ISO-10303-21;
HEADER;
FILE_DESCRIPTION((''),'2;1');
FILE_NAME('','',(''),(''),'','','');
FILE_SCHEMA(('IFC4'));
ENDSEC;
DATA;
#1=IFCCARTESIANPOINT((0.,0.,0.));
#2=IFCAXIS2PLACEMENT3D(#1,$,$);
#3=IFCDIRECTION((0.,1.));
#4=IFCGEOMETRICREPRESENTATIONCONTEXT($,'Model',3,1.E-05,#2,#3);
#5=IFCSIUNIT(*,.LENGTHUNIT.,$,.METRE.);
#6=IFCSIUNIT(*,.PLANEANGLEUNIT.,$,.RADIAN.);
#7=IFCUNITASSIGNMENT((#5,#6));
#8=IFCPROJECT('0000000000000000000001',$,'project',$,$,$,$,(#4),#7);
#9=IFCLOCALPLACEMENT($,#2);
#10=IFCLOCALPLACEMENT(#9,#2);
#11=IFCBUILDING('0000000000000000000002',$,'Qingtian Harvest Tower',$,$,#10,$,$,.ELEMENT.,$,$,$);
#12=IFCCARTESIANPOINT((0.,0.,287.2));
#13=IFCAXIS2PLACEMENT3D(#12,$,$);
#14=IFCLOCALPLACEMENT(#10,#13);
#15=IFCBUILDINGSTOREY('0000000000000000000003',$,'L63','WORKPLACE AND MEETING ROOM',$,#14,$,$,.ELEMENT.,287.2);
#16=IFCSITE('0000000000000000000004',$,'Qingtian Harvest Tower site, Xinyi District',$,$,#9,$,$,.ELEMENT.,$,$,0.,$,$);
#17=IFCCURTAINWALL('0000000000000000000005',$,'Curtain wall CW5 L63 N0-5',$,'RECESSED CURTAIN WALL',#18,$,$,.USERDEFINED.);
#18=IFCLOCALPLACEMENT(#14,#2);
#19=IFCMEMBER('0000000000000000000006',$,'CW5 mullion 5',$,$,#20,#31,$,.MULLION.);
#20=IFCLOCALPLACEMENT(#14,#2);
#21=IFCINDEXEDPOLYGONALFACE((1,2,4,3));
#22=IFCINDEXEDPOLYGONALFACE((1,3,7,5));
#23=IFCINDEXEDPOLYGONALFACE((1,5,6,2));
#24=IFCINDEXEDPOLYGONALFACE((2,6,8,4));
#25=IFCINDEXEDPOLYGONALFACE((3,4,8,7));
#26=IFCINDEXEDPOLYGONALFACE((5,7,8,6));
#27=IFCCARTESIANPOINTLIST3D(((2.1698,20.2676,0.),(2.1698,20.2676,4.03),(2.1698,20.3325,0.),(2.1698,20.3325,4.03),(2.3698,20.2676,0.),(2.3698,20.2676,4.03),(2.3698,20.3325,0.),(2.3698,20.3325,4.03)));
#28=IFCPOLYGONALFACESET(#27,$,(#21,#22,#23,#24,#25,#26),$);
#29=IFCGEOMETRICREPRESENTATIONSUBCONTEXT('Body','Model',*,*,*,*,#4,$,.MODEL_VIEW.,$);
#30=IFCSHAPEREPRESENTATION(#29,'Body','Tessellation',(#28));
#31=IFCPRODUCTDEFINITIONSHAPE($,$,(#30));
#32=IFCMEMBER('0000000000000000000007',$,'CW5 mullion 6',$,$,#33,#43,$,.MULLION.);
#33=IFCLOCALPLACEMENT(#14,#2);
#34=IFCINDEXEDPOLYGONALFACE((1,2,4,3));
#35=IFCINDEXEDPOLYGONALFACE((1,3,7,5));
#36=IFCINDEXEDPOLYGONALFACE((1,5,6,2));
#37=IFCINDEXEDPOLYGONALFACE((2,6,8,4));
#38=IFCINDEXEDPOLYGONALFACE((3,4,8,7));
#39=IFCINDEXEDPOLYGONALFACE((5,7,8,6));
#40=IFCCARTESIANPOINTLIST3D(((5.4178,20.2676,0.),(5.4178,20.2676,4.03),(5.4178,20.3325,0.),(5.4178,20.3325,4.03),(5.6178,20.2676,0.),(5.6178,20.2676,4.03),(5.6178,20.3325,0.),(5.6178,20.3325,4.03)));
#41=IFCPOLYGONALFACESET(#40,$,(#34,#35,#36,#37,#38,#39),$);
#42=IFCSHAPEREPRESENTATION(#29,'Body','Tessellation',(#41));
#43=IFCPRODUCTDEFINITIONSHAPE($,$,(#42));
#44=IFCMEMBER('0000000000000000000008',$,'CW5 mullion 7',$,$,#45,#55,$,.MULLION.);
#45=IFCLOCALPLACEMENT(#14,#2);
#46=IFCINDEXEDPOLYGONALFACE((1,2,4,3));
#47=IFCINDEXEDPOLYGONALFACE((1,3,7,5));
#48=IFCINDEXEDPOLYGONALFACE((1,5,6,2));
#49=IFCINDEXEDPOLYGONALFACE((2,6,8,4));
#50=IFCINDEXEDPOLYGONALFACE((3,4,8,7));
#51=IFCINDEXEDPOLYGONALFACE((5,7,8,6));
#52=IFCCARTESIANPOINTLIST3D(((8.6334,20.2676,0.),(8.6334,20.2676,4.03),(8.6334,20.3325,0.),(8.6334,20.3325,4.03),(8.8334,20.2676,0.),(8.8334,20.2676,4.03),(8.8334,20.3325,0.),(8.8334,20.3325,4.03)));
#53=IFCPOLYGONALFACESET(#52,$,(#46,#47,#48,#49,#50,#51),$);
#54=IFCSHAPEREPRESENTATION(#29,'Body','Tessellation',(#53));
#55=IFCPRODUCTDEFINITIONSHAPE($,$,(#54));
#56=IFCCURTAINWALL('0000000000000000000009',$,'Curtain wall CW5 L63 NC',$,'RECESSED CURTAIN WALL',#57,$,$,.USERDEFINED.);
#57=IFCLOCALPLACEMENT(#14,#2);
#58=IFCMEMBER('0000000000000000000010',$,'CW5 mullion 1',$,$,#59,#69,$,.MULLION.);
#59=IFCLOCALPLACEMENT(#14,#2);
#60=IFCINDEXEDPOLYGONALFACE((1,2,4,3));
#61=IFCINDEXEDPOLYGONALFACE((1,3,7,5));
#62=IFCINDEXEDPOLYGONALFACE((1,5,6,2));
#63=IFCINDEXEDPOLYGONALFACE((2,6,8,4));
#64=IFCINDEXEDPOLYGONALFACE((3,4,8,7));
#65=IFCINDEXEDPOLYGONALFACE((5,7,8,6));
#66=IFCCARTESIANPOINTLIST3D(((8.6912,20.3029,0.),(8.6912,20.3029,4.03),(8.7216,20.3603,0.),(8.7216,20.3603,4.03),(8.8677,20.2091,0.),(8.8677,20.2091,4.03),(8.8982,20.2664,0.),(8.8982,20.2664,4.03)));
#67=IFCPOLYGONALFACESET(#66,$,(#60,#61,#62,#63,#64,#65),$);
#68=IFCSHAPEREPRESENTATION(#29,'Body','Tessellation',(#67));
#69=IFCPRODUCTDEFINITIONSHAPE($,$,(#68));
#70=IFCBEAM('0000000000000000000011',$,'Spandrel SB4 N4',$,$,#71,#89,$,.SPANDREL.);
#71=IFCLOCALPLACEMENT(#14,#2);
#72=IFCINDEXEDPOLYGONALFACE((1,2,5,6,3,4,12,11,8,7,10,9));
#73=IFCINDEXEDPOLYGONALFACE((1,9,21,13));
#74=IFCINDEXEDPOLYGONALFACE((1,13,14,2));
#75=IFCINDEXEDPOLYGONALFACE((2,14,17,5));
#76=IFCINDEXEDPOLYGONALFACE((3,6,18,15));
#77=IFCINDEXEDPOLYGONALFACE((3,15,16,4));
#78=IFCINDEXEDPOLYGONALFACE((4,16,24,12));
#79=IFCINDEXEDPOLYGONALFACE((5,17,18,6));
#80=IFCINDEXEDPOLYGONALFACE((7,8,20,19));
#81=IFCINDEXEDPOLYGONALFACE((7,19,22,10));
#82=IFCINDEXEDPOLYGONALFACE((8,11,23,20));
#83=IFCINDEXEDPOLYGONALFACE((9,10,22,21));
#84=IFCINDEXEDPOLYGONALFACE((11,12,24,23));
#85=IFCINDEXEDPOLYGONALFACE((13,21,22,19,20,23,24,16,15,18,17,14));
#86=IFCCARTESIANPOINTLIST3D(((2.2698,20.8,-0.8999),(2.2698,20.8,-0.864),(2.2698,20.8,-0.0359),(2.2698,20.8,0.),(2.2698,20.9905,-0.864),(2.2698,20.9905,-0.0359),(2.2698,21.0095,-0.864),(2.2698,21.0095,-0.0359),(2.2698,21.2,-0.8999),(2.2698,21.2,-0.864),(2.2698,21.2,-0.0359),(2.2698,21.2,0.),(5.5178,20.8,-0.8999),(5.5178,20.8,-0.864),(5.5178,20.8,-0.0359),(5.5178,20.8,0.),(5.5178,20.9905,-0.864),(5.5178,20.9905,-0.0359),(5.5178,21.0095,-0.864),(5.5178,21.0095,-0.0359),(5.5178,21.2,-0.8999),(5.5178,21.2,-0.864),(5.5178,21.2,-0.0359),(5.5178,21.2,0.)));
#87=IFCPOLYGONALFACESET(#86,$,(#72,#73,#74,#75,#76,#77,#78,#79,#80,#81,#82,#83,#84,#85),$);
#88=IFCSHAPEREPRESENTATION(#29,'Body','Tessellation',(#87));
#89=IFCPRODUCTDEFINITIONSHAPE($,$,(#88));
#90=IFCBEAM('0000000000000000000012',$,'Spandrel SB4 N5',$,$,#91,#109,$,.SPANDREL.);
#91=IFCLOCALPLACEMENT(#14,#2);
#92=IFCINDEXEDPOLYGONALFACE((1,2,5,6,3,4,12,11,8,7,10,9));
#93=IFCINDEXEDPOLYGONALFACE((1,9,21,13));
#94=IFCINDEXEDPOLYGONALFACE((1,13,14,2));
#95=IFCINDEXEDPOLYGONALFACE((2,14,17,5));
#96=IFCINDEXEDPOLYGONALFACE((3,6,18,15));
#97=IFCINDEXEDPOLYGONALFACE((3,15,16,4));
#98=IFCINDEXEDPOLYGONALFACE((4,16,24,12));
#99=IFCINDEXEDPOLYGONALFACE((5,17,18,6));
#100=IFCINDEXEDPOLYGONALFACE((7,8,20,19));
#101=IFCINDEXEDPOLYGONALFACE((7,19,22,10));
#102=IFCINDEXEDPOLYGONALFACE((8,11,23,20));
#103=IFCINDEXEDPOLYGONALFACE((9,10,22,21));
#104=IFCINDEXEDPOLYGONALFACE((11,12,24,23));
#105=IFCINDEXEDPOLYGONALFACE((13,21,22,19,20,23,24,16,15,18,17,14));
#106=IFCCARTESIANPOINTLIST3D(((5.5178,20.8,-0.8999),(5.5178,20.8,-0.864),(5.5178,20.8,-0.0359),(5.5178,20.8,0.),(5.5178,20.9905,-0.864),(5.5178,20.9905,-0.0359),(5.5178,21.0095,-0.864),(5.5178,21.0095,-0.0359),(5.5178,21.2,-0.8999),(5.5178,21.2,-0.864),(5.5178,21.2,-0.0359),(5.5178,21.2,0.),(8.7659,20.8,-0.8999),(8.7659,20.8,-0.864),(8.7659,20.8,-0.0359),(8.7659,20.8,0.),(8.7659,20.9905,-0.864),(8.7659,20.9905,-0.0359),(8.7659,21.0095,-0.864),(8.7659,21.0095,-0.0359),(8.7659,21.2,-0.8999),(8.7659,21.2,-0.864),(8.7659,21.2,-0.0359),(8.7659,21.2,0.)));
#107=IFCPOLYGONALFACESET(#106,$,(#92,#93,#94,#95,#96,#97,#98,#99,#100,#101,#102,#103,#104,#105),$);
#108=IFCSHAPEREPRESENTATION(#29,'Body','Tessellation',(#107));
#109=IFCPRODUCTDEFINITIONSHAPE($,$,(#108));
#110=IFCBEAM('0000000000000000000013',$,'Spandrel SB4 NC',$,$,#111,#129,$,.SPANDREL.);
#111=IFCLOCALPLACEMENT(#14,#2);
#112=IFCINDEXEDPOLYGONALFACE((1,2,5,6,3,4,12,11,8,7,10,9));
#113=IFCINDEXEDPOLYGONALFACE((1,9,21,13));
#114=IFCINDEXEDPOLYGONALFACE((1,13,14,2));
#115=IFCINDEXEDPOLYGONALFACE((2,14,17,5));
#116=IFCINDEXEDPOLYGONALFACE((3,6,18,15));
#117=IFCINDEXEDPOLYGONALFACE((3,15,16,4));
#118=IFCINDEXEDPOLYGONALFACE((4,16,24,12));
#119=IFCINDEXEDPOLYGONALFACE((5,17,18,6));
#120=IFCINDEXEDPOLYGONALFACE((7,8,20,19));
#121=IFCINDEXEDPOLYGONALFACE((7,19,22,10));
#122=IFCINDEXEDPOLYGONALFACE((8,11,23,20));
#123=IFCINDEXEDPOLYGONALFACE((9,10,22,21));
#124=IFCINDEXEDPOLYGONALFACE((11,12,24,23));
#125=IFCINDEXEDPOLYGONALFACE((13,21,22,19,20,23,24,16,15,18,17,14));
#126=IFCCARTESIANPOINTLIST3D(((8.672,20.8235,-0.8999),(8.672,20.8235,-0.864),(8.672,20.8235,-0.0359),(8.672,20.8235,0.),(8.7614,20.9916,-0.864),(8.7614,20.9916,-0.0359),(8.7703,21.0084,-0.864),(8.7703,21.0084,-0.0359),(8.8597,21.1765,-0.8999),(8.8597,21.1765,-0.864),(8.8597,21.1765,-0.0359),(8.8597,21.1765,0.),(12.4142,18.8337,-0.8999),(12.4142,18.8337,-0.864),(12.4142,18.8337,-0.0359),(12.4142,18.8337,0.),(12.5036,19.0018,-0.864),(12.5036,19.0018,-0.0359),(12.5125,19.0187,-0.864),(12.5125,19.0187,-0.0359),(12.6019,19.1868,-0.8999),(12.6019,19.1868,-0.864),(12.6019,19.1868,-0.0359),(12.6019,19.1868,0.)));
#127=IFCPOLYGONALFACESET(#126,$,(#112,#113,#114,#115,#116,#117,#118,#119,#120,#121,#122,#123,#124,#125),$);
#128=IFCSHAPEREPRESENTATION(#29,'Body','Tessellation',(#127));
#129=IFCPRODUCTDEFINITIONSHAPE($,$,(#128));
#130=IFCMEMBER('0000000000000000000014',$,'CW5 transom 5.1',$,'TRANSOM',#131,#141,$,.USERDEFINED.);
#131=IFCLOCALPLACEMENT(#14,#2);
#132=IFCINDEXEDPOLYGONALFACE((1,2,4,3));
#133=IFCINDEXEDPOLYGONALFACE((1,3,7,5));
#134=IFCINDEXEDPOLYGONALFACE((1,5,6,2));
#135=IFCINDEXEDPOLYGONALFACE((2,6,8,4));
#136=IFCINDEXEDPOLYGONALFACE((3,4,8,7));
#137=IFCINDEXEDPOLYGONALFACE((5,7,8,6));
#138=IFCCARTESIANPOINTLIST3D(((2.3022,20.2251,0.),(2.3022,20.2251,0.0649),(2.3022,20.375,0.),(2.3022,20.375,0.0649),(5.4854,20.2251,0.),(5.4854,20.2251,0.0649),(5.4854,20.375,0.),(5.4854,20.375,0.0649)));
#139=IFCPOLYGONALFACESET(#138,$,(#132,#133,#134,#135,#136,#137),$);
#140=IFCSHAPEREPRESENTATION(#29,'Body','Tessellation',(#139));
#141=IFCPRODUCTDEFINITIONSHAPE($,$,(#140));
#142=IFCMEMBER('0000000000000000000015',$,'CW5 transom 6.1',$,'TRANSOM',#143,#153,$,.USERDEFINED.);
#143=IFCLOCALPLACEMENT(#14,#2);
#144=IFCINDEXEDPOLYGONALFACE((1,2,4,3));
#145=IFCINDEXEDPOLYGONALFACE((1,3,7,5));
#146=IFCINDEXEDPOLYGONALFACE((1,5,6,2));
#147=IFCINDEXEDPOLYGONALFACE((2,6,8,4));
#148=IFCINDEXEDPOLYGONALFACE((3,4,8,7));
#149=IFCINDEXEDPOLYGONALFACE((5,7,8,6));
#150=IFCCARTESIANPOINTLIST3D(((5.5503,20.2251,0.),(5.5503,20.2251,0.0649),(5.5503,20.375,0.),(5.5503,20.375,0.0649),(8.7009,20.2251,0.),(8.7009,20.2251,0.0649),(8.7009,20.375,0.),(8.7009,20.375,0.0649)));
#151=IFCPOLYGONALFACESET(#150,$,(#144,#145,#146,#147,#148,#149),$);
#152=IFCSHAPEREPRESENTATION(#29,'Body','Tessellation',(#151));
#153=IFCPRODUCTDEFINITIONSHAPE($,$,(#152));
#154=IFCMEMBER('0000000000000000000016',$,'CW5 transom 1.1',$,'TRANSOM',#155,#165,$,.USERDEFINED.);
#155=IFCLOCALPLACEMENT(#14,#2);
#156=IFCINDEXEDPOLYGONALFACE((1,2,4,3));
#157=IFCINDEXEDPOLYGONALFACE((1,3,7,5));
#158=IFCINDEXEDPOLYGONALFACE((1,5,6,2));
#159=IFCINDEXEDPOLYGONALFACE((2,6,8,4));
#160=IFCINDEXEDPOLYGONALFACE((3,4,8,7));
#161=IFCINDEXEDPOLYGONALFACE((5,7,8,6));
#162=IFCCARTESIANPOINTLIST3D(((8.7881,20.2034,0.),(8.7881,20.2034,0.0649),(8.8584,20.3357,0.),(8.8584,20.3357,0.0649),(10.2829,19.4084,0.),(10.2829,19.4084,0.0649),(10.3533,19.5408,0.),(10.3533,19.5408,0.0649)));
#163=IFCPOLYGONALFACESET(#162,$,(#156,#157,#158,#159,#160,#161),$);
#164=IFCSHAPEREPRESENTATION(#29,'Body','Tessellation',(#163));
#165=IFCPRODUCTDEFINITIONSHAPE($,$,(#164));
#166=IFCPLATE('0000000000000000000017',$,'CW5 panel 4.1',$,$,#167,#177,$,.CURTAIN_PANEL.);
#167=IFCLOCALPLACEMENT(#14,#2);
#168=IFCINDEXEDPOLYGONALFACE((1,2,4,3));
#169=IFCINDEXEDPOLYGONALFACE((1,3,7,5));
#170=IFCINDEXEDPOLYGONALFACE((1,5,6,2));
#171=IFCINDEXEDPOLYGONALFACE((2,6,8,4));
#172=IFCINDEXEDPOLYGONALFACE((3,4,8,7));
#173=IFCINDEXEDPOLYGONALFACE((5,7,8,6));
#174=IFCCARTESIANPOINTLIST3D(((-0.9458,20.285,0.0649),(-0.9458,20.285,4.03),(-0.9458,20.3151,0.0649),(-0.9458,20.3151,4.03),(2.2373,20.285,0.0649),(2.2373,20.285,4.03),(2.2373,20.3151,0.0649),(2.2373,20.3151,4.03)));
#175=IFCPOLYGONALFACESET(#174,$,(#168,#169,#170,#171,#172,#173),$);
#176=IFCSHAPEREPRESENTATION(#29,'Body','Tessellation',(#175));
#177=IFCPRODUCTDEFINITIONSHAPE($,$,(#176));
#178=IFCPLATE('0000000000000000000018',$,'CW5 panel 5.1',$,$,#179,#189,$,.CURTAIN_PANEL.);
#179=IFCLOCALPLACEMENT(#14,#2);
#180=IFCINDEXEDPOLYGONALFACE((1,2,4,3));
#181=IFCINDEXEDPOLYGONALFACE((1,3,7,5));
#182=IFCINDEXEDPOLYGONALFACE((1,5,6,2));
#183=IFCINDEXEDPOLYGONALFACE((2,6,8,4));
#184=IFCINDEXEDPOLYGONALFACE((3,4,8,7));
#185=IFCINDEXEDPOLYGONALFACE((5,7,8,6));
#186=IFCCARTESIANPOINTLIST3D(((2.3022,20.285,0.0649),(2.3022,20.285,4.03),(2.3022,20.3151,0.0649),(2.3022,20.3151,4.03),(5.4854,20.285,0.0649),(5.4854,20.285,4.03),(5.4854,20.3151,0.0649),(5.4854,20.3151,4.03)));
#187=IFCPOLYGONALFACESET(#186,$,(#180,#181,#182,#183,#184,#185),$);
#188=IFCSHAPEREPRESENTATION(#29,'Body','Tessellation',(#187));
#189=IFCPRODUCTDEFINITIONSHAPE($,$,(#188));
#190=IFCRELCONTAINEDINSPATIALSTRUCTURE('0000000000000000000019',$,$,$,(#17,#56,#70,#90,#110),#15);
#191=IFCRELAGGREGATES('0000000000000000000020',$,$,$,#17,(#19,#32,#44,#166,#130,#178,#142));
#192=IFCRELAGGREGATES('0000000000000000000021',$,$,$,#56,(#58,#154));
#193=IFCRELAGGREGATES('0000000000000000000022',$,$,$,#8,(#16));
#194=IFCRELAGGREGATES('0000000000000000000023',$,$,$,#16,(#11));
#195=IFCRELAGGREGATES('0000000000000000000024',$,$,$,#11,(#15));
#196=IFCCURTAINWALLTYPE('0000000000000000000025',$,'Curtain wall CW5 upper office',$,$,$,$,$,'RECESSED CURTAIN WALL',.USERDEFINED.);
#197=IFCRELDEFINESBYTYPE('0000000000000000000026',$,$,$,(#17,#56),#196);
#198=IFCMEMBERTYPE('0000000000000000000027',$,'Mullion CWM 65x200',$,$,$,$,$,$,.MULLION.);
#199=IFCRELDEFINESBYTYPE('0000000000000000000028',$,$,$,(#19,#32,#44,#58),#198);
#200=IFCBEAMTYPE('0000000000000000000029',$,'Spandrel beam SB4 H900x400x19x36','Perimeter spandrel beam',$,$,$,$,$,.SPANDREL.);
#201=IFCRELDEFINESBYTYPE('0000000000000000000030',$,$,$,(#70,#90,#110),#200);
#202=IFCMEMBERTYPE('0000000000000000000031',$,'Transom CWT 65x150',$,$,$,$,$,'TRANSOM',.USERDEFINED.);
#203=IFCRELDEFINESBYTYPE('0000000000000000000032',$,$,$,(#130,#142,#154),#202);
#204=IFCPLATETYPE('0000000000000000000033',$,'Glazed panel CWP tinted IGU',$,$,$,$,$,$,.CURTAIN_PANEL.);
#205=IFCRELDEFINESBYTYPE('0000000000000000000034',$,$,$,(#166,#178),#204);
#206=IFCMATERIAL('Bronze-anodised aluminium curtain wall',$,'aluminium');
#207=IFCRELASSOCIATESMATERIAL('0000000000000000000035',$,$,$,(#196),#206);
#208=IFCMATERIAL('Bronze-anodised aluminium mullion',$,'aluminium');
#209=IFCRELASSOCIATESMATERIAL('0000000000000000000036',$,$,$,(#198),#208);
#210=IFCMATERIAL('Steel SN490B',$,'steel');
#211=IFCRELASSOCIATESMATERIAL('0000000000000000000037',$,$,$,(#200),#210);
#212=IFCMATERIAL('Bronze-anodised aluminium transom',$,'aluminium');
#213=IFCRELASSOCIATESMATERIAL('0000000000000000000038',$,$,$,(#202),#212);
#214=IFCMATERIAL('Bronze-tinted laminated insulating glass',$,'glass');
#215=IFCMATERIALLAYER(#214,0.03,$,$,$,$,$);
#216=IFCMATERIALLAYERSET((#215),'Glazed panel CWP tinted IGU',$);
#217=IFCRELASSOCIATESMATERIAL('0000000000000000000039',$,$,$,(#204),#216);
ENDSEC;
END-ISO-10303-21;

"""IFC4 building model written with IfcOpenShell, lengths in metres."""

from ifc_helpers import new_model, si_unit, direction, frame, origin, origin_2d, place, context, subcontext, project, spatial, rectangle, i_section, extrude, material, layer, layer_set, material_profile, profile_set, type_object, element, aggregate, save


model = new_model("IFC4")

# Units and contexts
model_context = context("Model", 3, precision=1e-05, world=origin(), true_north=direction((0.0, 1.0)))
body_context = subcontext(model_context, "Body", "Model", "MODEL_VIEW")
ifc_project = project(units=[si_unit("LENGTHUNIT", "METRE"), si_unit("PLANEANGLEUNIT", "RADIAN")], contexts=[model_context])

# Site, building, storey
site_placement = place(None, origin())
site = spatial("IfcSite", under=ifc_project, at=site_placement, Name="Qingtian Harvest Tower site, Xinyi District", CompositionType="ELEMENT", RefElevation=0.0)
building_placement = place(site_placement, origin())
building = spatial("IfcBuilding", under=site, at=building_placement, Name="Qingtian Harvest Tower", CompositionType="ELEMENT")
storey_placement = place(building_placement, frame((0.0, 0.0, 287.2)))
storey = spatial("IfcBuildingStorey", under=building, at=storey_placement, Name="L63", Description="WORKPLACE AND MEETING ROOM", CompositionType="ELEMENT", Elevation=287.2)

# Curtain wall, members
ifc_material_1 = material(Name="Bronze-anodised aluminium curtain wall", Category="aluminium")
curtain_wall_type = type_object("IfcCurtainWallType", Name="Curtain wall CW5 upper office", ElementType="RECESSED CURTAIN WALL", PredefinedType="USERDEFINED", material=ifc_material_1)
curtain_wall_1_placement = place(storey_placement, origin())
curtain_wall_1 = element("IfcCurtainWall", 1, at=curtain_wall_1_placement, inside=storey, type_object=curtain_wall_type, Name="Curtain wall CW5 L63 N0-5", ObjectType="RECESSED CURTAIN WALL", PredefinedType="USERDEFINED")
ifc_material_2 = material(Name="Bronze-anodised aluminium mullion", Category="aluminium")
ifc_material_profile_1 = material_profile(ifc_material_2, rectangle(XDim=0.0649, YDim=0.2, at=origin_2d()), Name="AL 65x200")
ifc_profile_set_1 = profile_set([ifc_material_profile_1], Name="Bronze-anodised aluminium mullion")
member_type_1 = type_object("IfcMemberType", Name="Mullion CWM 65x200", PredefinedType="MULLION", material=ifc_profile_set_1)
member_1_placement = place(storey_placement, frame((2.2698, 20.3, 0.0), z_axis=(0.0, 0.0, 1.0), x_axis=(0.0, 1.0, 0.0)))
member_1 = element("IfcMember", 2, at=member_1_placement, type_object=member_type_1, Name="CW5 mullion 5", PredefinedType="MULLION", context=body_context, shape_type="SweptSolid", body=[
    extrude(rectangle(XDim=0.0649, YDim=0.2, at=origin_2d()), origin(), (0.0, 0.0, 1.0), 4.03),
])
member_2_placement = place(storey_placement, frame((5.5178, 20.3, 0.0), z_axis=(0.0, 0.0, 1.0), x_axis=(0.0, 1.0, 0.0)))
member_2 = element("IfcMember", 3, at=member_2_placement, type_object=member_type_1, Name="CW5 mullion 6", PredefinedType="MULLION", context=body_context, shape_type="SweptSolid", body=[
    extrude(rectangle(XDim=0.0649, YDim=0.2, at=origin_2d()), origin(), (0.0, 0.0, 1.0), 4.03),
])
member_3_placement = place(storey_placement, frame((8.7334, 20.3, 0.0), z_axis=(0.0, 0.0, 1.0), x_axis=(0.0, 1.0, 0.0)))
member_3 = element("IfcMember", 4, at=member_3_placement, type_object=member_type_1, Name="CW5 mullion 7", PredefinedType="MULLION", context=body_context, shape_type="SweptSolid", body=[
    extrude(rectangle(XDim=0.0649, YDim=0.2, at=origin_2d()), origin(), (0.0, 0.0, 1.0), 4.03),
])

# Curtain wall, member
curtain_wall_2_placement = place(storey_placement, origin())
curtain_wall_2 = element("IfcCurtainWall", 5, at=curtain_wall_2_placement, inside=storey, type_object=curtain_wall_type, Name="Curtain wall CW5 L63 NC", ObjectType="RECESSED CURTAIN WALL", PredefinedType="USERDEFINED")
member_4_placement = place(storey_placement, frame((8.7947, 20.2847, 0.0), z_axis=(0.0, 0.0, 1.0), x_axis=(0.469472, 0.882948, 0.0)))
member_4 = element("IfcMember", 6, at=member_4_placement, type_object=member_type_1, Name="CW5 mullion 1", PredefinedType="MULLION", context=body_context, shape_type="SweptSolid", body=[
    extrude(rectangle(XDim=0.0649, YDim=0.2, at=origin_2d()), origin(), (0.0, 0.0, 1.0), 4.03),
])

# Beams
ifc_material_3 = material(Name="Steel SN490B", Category="steel")
ifc_material_profile_2 = material_profile(ifc_material_3, i_section(OverallWidth=0.3999, OverallDepth=0.8999, WebThickness=0.019, FlangeThickness=0.0359, at=origin_2d()), Name="H900x400x19x36")
ifc_profile_set_2 = profile_set([ifc_material_profile_2], Name="Steel SN490B")
beam_type_1 = type_object("IfcBeamType", Name="Spandrel beam SB4 H900x400x19x36", Description="Perimeter spandrel beam", PredefinedType="SPANDREL", material=ifc_profile_set_2)
for number, where, z_axis, x_axis, name in (
    (7, (2.2698, 21.0, -0.45), (1.0, 0.0, 0.0), (0.0, 1.0, 0.0), "Spandrel SB4 N4"),
    (8, (5.5178, 21.0, -0.45), (1.0, 0.0, 0.0), (0.0, 1.0, 0.0), "Spandrel SB4 N5"),
):
    element("IfcBeam", number, at=place(storey_placement, frame(where, z_axis=z_axis, x_axis=x_axis)), inside=storey, type_object=beam_type_1, Name=name, PredefinedType="SPANDREL", context=body_context, shape_type="SweptSolid", body=[
        extrude(i_section(OverallWidth=0.3999, OverallDepth=0.8999, WebThickness=0.019, FlangeThickness=0.0359, at=origin_2d()), origin(), (0.0, 0.0, 1.0), 3.248),
    ])
beam_1_placement = place(storey_placement, frame((8.7659, 21.0, -0.45), z_axis=(0.882949, -0.46947, 0.0), x_axis=(0.46947, 0.882949, 0.0)))
element("IfcBeam", 9, at=beam_1_placement, inside=storey, type_object=beam_type_1, Name="Spandrel SB4 NC", PredefinedType="SPANDREL", context=body_context, shape_type="SweptSolid", body=[
    extrude(i_section(OverallWidth=0.3999, OverallDepth=0.8999, WebThickness=0.019, FlangeThickness=0.0359, at=origin_2d()), origin(), (0.0, 0.0, 1.0), 4.2383),
])

# Members
ifc_material_4 = material(Name="Bronze-anodised aluminium transom", Category="aluminium")
ifc_material_profile_3 = material_profile(ifc_material_4, rectangle(XDim=0.1499, YDim=0.0649, at=origin_2d()), Name="AL 65x150")
ifc_profile_set_3 = profile_set([ifc_material_profile_3], Name="Bronze-anodised aluminium transom")
member_type_2 = type_object("IfcMemberType", Name="Transom CWT 65x150", ElementType="TRANSOM", PredefinedType="USERDEFINED", material=ifc_profile_set_3)
member_5_placement = place(storey_placement, frame((2.3022, 20.3, 0.0325), z_axis=(1.0, 0.0, 0.0), x_axis=(0.0, 1.0, 0.0)))
member_5 = element("IfcMember", 10, at=member_5_placement, type_object=member_type_2, Name="CW5 transom 5.1", ObjectType="TRANSOM", PredefinedType="USERDEFINED", context=body_context, shape_type="SweptSolid", body=[
    extrude(rectangle(XDim=0.1499, YDim=0.0649, at=origin_2d()), origin(), (0.0, 0.0, 1.0), 3.1831),
])
member_6_placement = place(storey_placement, frame((5.5503, 20.3, 0.0325), z_axis=(1.0, 0.0, 0.0), x_axis=(0.0, 1.0, 0.0)))
member_6 = element("IfcMember", 11, at=member_6_placement, type_object=member_type_2, Name="CW5 transom 6.1", ObjectType="TRANSOM", PredefinedType="USERDEFINED", context=body_context, shape_type="SweptSolid", body=[
    extrude(rectangle(XDim=0.1499, YDim=0.0649, at=origin_2d()), origin(), (0.0, 0.0, 1.0), 3.1506),
])
member_7_placement = place(storey_placement, frame((8.8232, 20.2695, 0.0325), z_axis=(0.882927, -0.46951, 0.0), x_axis=(0.46951, 0.882927, 0.0)))
member_7 = element("IfcMember", 12, at=member_7_placement, type_object=member_type_2, Name="CW5 transom 1.1", ObjectType="TRANSOM", PredefinedType="USERDEFINED", context=body_context, shape_type="SweptSolid", body=[
    extrude(rectangle(XDim=0.1499, YDim=0.0649, at=origin_2d()), origin(), (0.0, 0.0, 1.0), 1.6931),
])

# Plates
ifc_material_5 = material(Name="Bronze-tinted laminated insulating glass", Category="glass")
ifc_layer_1 = layer(ifc_material_5, 0.03)
ifc_layer_set_1 = layer_set([ifc_layer_1], Name="Glazed panel CWP tinted IGU")
plate_type = type_object("IfcPlateType", Name="Glazed panel CWP tinted IGU", PredefinedType="CURTAIN_PANEL", material=ifc_layer_set_1)
plate_1_placement = place(storey_placement, frame((0.6458, 20.3, 0.0649), z_axis=(0.0, 0.0, 1.0), x_axis=(1.0, 0.0, 0.0)))
plate_1 = element("IfcPlate", 13, at=plate_1_placement, type_object=plate_type, Name="CW5 panel 4.1", PredefinedType="CURTAIN_PANEL", context=body_context, shape_type="SweptSolid", body=[
    extrude(rectangle(XDim=3.1831, YDim=0.03, at=origin_2d()), origin(), (0.0, 0.0, 1.0), 3.9651),
])
plate_2_placement = place(storey_placement, frame((3.8938, 20.3, 0.0649), z_axis=(0.0, 0.0, 1.0), x_axis=(1.0, 0.0, 0.0)))
plate_2 = element("IfcPlate", 14, at=plate_2_placement, type_object=plate_type, Name="CW5 panel 5.1", PredefinedType="CURTAIN_PANEL", context=body_context, shape_type="SweptSolid", body=[
    extrude(rectangle(XDim=3.1831, YDim=0.03, at=origin_2d()), origin(), (0.0, 0.0, 1.0), 3.9651),
])
aggregate(curtain_wall_1, [member_1, member_2, member_3, plate_1, member_5, plate_2, member_6])
aggregate(curtain_wall_2, [member_4, member_7])

save(model, "model.ifc")
